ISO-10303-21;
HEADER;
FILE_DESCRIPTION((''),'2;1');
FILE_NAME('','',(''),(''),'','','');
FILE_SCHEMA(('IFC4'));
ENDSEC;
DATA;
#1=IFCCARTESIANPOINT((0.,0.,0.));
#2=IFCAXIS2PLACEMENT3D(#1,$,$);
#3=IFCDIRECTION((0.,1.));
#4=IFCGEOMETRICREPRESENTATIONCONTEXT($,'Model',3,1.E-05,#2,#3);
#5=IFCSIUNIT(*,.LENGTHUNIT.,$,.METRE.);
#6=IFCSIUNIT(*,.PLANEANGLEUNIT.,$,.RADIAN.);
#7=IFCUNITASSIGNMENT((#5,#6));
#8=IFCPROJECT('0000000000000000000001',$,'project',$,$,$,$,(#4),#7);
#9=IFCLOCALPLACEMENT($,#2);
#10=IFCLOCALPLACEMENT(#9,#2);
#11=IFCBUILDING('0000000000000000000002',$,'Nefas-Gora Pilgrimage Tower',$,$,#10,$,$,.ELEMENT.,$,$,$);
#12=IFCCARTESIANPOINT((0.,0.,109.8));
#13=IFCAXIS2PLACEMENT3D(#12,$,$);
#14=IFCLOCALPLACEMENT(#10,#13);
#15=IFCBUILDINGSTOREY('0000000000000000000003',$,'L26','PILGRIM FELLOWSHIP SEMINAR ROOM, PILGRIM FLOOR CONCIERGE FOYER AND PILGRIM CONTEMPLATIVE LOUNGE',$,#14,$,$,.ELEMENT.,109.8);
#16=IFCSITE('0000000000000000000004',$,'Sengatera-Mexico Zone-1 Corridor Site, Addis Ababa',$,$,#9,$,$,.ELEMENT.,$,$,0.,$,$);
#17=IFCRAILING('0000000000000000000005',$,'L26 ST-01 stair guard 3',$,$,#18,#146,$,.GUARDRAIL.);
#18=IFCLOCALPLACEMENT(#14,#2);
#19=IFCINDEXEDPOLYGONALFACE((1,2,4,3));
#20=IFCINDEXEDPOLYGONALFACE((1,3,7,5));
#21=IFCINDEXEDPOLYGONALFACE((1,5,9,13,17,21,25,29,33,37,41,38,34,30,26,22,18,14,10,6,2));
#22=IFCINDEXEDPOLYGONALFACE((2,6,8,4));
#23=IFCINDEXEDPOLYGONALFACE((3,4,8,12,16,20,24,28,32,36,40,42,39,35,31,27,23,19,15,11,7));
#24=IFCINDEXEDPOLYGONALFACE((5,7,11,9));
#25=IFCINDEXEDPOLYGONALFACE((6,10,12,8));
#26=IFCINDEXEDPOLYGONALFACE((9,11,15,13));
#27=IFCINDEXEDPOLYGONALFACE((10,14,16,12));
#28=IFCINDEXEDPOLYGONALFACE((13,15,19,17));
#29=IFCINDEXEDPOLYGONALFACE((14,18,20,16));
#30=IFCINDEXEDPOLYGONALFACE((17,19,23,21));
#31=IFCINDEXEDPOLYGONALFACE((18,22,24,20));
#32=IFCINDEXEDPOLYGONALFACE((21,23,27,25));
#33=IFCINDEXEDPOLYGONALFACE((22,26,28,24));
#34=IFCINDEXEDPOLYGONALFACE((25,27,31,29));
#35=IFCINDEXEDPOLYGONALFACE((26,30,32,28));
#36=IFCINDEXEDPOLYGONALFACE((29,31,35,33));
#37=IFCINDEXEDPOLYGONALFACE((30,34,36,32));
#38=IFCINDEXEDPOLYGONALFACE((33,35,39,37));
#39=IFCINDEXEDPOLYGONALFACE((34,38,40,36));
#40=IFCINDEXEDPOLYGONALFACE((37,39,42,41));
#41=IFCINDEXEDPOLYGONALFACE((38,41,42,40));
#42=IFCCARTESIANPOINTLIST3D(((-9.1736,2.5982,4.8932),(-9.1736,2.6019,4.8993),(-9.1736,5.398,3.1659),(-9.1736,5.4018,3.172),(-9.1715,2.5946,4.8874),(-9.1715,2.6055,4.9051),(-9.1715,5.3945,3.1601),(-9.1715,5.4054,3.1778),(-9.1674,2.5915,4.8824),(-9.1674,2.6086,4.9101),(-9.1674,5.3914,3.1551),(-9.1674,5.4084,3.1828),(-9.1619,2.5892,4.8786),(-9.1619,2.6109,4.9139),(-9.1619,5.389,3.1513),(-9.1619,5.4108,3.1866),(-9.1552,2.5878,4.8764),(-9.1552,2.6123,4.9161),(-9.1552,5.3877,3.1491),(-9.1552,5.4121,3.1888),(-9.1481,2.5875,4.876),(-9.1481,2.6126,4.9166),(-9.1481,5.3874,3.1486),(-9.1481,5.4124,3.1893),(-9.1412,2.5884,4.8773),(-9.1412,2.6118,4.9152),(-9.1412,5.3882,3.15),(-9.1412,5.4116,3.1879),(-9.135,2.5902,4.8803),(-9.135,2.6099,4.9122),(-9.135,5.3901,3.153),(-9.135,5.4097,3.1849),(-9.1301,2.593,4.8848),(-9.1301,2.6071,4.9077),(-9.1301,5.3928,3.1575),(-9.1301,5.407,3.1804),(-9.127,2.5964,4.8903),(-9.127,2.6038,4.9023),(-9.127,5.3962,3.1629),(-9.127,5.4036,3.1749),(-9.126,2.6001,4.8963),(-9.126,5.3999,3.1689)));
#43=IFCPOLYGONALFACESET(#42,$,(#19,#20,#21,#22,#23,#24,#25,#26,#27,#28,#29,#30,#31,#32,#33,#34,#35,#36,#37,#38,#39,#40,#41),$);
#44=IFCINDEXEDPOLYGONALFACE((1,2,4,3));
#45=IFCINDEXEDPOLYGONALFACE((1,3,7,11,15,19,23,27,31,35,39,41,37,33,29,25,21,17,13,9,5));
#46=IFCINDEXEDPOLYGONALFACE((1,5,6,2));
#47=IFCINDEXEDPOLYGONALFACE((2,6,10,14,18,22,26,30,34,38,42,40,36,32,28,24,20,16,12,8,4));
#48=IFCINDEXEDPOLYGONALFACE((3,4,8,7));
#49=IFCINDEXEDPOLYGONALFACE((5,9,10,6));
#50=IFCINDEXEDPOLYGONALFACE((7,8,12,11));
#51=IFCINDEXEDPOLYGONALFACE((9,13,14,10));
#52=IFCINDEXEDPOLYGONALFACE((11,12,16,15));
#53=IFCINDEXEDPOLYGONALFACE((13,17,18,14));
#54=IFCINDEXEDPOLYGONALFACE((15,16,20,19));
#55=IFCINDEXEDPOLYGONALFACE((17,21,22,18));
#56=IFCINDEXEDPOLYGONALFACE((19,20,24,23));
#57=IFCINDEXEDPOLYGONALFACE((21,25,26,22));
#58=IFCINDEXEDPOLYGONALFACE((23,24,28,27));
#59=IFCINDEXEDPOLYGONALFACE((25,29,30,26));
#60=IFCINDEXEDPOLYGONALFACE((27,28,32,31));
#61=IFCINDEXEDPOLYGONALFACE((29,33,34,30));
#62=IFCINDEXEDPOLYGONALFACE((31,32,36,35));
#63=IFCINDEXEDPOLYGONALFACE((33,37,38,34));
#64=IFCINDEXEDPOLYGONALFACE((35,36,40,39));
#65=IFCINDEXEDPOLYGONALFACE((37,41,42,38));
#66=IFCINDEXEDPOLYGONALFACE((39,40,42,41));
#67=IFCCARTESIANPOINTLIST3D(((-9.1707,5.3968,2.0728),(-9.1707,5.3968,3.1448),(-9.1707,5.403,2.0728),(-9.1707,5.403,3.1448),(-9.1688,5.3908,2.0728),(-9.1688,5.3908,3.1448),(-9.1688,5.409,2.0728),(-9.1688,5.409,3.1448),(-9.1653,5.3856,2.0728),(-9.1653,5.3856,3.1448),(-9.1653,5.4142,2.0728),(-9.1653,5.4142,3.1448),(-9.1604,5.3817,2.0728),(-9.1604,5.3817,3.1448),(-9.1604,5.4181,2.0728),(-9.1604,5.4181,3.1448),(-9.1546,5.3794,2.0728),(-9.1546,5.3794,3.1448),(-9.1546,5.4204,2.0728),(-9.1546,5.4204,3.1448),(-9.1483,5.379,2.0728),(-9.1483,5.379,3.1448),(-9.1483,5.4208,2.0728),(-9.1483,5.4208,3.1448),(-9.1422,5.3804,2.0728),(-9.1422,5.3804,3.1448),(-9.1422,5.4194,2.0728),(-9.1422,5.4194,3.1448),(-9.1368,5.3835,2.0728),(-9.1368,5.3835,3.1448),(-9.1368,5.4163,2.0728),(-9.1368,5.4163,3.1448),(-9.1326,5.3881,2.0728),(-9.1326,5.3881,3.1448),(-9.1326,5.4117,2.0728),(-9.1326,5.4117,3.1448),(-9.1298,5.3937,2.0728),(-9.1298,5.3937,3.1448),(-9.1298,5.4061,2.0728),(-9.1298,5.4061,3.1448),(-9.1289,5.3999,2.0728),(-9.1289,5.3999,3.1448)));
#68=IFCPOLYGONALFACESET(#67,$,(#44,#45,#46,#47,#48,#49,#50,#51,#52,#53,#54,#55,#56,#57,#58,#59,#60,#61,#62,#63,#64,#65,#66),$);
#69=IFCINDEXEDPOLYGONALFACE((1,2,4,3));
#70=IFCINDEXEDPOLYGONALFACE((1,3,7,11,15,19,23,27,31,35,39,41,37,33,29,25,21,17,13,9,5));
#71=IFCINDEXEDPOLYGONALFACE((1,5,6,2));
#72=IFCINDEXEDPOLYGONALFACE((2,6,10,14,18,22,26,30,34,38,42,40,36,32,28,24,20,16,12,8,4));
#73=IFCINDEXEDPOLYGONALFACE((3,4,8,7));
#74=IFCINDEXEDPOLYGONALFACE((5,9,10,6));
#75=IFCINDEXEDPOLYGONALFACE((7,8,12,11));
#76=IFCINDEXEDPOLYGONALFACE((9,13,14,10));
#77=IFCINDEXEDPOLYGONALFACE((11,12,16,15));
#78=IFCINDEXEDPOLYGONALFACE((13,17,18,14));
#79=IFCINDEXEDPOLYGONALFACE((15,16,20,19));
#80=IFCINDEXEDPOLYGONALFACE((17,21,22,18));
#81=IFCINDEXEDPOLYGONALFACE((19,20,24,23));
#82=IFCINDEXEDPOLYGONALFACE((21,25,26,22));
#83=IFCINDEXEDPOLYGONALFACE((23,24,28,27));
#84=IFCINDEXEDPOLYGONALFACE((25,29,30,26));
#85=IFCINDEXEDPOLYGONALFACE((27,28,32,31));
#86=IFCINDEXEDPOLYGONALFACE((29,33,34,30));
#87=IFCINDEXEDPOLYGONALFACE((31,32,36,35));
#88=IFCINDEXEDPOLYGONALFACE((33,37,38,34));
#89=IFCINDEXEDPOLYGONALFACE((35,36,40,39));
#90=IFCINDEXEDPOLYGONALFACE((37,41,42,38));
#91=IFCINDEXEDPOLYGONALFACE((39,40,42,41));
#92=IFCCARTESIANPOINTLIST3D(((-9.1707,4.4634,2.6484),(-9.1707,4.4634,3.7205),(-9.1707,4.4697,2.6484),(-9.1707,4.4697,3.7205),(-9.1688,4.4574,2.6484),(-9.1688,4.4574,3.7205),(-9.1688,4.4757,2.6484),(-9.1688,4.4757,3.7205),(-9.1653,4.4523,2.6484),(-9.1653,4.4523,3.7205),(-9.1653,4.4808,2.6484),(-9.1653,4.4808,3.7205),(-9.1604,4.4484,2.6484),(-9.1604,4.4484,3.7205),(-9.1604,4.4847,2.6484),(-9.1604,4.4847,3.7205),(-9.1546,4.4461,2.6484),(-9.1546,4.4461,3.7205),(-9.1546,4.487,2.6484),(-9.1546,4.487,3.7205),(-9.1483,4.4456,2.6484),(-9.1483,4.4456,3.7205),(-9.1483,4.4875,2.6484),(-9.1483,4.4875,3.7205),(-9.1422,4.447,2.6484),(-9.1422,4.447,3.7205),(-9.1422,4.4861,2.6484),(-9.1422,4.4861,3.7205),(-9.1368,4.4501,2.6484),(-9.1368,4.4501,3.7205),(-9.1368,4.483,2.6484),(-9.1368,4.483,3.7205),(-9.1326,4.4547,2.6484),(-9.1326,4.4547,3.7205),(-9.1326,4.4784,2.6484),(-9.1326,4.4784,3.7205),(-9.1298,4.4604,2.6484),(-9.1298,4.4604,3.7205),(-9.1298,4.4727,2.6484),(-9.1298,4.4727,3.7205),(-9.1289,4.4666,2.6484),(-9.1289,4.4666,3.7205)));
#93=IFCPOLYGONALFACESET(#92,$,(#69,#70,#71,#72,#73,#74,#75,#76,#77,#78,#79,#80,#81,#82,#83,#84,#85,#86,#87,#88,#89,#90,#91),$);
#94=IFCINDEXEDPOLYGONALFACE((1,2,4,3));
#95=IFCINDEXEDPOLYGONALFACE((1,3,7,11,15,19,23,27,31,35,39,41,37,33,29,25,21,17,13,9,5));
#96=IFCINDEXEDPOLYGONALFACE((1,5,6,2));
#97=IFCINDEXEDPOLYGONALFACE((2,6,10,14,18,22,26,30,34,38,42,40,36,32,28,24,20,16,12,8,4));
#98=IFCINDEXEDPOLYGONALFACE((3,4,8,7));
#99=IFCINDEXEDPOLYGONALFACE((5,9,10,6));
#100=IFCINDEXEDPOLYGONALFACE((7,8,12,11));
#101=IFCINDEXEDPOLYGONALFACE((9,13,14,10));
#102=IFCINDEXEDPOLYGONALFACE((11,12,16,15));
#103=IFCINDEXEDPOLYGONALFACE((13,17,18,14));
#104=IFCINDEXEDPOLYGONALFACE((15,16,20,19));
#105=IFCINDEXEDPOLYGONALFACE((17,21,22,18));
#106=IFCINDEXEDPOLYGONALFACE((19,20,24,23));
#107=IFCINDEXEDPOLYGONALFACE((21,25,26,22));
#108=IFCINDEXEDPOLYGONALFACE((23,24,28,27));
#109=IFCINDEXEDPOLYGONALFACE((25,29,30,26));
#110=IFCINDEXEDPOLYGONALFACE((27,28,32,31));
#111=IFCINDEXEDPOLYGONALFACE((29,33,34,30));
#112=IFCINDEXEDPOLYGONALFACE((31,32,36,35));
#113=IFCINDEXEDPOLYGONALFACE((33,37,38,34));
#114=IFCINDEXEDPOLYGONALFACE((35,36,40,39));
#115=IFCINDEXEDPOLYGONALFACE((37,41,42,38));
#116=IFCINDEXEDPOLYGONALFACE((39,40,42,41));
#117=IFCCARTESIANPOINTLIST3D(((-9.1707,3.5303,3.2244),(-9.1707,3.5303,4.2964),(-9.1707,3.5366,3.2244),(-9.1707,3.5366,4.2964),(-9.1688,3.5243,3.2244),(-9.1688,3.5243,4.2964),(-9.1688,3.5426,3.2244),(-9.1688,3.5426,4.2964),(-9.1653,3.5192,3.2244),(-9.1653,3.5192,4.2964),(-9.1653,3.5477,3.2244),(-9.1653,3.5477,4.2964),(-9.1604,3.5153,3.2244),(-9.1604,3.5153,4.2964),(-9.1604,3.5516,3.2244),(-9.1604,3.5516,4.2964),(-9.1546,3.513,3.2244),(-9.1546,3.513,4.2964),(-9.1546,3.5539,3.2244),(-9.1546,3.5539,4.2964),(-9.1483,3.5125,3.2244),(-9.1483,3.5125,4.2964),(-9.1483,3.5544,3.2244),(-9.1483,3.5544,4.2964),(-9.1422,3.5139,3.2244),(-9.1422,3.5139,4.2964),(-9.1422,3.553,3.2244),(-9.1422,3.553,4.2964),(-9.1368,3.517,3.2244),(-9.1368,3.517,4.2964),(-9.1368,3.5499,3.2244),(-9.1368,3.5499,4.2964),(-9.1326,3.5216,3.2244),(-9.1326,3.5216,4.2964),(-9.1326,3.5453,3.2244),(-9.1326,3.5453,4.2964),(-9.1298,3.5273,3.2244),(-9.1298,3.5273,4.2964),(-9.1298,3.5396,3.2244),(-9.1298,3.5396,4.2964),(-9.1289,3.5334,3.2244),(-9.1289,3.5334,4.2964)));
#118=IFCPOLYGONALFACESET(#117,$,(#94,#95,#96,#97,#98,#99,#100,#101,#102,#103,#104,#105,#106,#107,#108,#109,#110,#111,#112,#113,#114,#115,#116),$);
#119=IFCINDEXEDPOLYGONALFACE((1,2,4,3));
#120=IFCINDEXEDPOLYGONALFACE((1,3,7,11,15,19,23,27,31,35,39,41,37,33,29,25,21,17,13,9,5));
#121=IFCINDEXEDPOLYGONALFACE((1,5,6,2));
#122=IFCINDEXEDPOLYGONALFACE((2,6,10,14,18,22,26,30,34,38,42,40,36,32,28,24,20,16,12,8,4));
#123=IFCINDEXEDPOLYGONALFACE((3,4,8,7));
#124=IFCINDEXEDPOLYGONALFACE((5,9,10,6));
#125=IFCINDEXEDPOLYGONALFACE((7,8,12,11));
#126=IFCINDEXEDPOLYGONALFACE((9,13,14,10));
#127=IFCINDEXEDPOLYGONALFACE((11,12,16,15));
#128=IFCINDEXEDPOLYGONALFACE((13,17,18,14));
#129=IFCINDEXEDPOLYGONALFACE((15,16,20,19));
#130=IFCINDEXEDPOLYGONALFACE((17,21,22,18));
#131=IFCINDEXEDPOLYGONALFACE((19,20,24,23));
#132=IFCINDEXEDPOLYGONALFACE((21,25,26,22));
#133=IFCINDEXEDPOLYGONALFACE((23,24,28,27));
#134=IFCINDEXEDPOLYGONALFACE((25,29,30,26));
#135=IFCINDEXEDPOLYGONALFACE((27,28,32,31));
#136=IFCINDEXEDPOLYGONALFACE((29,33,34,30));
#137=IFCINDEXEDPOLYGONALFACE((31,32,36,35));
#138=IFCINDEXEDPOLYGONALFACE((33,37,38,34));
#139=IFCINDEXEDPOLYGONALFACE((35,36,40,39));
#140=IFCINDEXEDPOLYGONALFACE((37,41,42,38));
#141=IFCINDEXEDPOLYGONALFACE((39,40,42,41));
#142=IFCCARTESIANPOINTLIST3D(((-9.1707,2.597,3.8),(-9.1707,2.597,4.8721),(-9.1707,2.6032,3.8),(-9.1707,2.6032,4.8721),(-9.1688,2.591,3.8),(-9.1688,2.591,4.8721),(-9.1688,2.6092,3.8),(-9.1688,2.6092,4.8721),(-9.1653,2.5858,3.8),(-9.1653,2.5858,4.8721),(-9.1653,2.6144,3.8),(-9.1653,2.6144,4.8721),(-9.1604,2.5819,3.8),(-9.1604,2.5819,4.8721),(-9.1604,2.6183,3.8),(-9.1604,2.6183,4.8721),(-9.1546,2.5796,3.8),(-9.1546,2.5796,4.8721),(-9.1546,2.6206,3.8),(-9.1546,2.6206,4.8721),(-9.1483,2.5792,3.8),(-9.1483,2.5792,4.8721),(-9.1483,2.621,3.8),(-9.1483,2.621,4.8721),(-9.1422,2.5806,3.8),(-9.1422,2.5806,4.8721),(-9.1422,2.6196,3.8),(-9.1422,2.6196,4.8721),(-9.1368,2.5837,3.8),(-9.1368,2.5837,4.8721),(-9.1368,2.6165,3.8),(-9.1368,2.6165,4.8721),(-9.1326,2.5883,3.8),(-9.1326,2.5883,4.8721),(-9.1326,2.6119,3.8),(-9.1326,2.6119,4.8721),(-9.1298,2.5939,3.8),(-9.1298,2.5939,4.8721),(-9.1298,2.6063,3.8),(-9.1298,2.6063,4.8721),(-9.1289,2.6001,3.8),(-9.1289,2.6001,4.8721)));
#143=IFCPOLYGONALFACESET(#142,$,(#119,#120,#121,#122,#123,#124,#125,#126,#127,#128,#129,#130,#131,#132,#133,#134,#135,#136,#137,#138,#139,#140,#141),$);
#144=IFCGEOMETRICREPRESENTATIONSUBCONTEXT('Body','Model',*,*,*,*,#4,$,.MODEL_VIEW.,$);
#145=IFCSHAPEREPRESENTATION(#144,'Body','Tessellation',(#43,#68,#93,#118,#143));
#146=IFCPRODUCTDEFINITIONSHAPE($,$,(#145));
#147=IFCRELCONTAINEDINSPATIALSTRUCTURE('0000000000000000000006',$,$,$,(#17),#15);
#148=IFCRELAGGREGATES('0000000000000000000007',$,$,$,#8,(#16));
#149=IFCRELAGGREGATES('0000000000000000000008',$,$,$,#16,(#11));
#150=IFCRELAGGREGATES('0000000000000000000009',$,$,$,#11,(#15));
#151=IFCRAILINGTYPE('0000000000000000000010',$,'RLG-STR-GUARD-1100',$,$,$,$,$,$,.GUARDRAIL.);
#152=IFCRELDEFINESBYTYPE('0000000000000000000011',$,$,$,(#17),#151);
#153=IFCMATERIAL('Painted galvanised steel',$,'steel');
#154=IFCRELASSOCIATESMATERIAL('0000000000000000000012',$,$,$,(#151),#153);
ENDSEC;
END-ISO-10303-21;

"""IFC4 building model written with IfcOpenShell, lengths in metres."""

from ifc_helpers import new_model, si_unit, direction, frame, origin, origin_2d, place, context, subcontext, project, spatial, circle, extrude, material, type_object, element, save


model = new_model("IFC4")

# Units and contexts
model_context = context("Model", 3, precision=1e-05, world=origin(), true_north=direction((0.0, 1.0)))
body_context = subcontext(model_context, "Body", "Model", "MODEL_VIEW")
ifc_project = project(units=[si_unit("LENGTHUNIT", "METRE"), si_unit("PLANEANGLEUNIT", "RADIAN")], contexts=[model_context])

# Site, building, storey
site_placement = place(None, origin())
site = spatial("IfcSite", under=ifc_project, at=site_placement, Name="Sengatera-Mexico Zone-1 Corridor Site, Addis Ababa", CompositionType="ELEMENT", RefElevation=0.0)
building_placement = place(site_placement, origin())
building = spatial("IfcBuilding", under=site, at=building_placement, Name="Nefas-Gora Pilgrimage Tower", CompositionType="ELEMENT")
storey_placement = place(building_placement, frame((0.0, 0.0, 109.8)))
storey = spatial("IfcBuildingStorey", under=building, at=storey_placement, Name="L26", Description="PILGRIM FELLOWSHIP SEMINAR ROOM, PILGRIM FLOOR CONCIERGE FOYER AND PILGRIM CONTEMPLATIVE LOUNGE", CompositionType="ELEMENT", Elevation=109.8)

# Railing
ifc_material_1 = material(Name="Painted galvanised steel", Category="steel")
railing_type_1 = type_object("IfcRailingType", Name="RLG-STR-GUARD-1100", PredefinedType="GUARDRAIL", material=ifc_material_1)
railing_1_placement = place(storey_placement, frame((-9.1499, 5.3999, 2.0728)))
element("IfcRailing", 1, at=railing_1_placement, inside=storey, type_object=railing_type_1, Name="L26 ST-01 stair guard 3", PredefinedType="GUARDRAIL", context=body_context, shape_type="SweptSolid", body=[
    extrude(circle(Radius=0.0239, at=origin_2d()), frame((0.0, 0.0, 1.0962), z_axis=(0.0, -0.851069, 0.525054), x_axis=(1.0, 0.0, 0.0)), (0.0, 0.0, 1.0), 3.2898),
    extrude(circle(Radius=0.021, at=origin_2d()), origin(), (0.0, 0.0, 1.0), 1.072),
    extrude(circle(Radius=0.021, at=origin_2d()), frame((0.0, -0.9333, 0.5757)), (0.0, 0.0, 1.0), 1.072),
    extrude(circle(Radius=0.021, at=origin_2d()), frame((0.0, -1.8665, 1.1516)), (0.0, 0.0, 1.0), 1.072),
    extrude(circle(Radius=0.021, at=origin_2d()), frame((0.0, -2.7998, 1.7273)), (0.0, 0.0, 1.0), 1.072),
])

save(model, "model.ifc")
